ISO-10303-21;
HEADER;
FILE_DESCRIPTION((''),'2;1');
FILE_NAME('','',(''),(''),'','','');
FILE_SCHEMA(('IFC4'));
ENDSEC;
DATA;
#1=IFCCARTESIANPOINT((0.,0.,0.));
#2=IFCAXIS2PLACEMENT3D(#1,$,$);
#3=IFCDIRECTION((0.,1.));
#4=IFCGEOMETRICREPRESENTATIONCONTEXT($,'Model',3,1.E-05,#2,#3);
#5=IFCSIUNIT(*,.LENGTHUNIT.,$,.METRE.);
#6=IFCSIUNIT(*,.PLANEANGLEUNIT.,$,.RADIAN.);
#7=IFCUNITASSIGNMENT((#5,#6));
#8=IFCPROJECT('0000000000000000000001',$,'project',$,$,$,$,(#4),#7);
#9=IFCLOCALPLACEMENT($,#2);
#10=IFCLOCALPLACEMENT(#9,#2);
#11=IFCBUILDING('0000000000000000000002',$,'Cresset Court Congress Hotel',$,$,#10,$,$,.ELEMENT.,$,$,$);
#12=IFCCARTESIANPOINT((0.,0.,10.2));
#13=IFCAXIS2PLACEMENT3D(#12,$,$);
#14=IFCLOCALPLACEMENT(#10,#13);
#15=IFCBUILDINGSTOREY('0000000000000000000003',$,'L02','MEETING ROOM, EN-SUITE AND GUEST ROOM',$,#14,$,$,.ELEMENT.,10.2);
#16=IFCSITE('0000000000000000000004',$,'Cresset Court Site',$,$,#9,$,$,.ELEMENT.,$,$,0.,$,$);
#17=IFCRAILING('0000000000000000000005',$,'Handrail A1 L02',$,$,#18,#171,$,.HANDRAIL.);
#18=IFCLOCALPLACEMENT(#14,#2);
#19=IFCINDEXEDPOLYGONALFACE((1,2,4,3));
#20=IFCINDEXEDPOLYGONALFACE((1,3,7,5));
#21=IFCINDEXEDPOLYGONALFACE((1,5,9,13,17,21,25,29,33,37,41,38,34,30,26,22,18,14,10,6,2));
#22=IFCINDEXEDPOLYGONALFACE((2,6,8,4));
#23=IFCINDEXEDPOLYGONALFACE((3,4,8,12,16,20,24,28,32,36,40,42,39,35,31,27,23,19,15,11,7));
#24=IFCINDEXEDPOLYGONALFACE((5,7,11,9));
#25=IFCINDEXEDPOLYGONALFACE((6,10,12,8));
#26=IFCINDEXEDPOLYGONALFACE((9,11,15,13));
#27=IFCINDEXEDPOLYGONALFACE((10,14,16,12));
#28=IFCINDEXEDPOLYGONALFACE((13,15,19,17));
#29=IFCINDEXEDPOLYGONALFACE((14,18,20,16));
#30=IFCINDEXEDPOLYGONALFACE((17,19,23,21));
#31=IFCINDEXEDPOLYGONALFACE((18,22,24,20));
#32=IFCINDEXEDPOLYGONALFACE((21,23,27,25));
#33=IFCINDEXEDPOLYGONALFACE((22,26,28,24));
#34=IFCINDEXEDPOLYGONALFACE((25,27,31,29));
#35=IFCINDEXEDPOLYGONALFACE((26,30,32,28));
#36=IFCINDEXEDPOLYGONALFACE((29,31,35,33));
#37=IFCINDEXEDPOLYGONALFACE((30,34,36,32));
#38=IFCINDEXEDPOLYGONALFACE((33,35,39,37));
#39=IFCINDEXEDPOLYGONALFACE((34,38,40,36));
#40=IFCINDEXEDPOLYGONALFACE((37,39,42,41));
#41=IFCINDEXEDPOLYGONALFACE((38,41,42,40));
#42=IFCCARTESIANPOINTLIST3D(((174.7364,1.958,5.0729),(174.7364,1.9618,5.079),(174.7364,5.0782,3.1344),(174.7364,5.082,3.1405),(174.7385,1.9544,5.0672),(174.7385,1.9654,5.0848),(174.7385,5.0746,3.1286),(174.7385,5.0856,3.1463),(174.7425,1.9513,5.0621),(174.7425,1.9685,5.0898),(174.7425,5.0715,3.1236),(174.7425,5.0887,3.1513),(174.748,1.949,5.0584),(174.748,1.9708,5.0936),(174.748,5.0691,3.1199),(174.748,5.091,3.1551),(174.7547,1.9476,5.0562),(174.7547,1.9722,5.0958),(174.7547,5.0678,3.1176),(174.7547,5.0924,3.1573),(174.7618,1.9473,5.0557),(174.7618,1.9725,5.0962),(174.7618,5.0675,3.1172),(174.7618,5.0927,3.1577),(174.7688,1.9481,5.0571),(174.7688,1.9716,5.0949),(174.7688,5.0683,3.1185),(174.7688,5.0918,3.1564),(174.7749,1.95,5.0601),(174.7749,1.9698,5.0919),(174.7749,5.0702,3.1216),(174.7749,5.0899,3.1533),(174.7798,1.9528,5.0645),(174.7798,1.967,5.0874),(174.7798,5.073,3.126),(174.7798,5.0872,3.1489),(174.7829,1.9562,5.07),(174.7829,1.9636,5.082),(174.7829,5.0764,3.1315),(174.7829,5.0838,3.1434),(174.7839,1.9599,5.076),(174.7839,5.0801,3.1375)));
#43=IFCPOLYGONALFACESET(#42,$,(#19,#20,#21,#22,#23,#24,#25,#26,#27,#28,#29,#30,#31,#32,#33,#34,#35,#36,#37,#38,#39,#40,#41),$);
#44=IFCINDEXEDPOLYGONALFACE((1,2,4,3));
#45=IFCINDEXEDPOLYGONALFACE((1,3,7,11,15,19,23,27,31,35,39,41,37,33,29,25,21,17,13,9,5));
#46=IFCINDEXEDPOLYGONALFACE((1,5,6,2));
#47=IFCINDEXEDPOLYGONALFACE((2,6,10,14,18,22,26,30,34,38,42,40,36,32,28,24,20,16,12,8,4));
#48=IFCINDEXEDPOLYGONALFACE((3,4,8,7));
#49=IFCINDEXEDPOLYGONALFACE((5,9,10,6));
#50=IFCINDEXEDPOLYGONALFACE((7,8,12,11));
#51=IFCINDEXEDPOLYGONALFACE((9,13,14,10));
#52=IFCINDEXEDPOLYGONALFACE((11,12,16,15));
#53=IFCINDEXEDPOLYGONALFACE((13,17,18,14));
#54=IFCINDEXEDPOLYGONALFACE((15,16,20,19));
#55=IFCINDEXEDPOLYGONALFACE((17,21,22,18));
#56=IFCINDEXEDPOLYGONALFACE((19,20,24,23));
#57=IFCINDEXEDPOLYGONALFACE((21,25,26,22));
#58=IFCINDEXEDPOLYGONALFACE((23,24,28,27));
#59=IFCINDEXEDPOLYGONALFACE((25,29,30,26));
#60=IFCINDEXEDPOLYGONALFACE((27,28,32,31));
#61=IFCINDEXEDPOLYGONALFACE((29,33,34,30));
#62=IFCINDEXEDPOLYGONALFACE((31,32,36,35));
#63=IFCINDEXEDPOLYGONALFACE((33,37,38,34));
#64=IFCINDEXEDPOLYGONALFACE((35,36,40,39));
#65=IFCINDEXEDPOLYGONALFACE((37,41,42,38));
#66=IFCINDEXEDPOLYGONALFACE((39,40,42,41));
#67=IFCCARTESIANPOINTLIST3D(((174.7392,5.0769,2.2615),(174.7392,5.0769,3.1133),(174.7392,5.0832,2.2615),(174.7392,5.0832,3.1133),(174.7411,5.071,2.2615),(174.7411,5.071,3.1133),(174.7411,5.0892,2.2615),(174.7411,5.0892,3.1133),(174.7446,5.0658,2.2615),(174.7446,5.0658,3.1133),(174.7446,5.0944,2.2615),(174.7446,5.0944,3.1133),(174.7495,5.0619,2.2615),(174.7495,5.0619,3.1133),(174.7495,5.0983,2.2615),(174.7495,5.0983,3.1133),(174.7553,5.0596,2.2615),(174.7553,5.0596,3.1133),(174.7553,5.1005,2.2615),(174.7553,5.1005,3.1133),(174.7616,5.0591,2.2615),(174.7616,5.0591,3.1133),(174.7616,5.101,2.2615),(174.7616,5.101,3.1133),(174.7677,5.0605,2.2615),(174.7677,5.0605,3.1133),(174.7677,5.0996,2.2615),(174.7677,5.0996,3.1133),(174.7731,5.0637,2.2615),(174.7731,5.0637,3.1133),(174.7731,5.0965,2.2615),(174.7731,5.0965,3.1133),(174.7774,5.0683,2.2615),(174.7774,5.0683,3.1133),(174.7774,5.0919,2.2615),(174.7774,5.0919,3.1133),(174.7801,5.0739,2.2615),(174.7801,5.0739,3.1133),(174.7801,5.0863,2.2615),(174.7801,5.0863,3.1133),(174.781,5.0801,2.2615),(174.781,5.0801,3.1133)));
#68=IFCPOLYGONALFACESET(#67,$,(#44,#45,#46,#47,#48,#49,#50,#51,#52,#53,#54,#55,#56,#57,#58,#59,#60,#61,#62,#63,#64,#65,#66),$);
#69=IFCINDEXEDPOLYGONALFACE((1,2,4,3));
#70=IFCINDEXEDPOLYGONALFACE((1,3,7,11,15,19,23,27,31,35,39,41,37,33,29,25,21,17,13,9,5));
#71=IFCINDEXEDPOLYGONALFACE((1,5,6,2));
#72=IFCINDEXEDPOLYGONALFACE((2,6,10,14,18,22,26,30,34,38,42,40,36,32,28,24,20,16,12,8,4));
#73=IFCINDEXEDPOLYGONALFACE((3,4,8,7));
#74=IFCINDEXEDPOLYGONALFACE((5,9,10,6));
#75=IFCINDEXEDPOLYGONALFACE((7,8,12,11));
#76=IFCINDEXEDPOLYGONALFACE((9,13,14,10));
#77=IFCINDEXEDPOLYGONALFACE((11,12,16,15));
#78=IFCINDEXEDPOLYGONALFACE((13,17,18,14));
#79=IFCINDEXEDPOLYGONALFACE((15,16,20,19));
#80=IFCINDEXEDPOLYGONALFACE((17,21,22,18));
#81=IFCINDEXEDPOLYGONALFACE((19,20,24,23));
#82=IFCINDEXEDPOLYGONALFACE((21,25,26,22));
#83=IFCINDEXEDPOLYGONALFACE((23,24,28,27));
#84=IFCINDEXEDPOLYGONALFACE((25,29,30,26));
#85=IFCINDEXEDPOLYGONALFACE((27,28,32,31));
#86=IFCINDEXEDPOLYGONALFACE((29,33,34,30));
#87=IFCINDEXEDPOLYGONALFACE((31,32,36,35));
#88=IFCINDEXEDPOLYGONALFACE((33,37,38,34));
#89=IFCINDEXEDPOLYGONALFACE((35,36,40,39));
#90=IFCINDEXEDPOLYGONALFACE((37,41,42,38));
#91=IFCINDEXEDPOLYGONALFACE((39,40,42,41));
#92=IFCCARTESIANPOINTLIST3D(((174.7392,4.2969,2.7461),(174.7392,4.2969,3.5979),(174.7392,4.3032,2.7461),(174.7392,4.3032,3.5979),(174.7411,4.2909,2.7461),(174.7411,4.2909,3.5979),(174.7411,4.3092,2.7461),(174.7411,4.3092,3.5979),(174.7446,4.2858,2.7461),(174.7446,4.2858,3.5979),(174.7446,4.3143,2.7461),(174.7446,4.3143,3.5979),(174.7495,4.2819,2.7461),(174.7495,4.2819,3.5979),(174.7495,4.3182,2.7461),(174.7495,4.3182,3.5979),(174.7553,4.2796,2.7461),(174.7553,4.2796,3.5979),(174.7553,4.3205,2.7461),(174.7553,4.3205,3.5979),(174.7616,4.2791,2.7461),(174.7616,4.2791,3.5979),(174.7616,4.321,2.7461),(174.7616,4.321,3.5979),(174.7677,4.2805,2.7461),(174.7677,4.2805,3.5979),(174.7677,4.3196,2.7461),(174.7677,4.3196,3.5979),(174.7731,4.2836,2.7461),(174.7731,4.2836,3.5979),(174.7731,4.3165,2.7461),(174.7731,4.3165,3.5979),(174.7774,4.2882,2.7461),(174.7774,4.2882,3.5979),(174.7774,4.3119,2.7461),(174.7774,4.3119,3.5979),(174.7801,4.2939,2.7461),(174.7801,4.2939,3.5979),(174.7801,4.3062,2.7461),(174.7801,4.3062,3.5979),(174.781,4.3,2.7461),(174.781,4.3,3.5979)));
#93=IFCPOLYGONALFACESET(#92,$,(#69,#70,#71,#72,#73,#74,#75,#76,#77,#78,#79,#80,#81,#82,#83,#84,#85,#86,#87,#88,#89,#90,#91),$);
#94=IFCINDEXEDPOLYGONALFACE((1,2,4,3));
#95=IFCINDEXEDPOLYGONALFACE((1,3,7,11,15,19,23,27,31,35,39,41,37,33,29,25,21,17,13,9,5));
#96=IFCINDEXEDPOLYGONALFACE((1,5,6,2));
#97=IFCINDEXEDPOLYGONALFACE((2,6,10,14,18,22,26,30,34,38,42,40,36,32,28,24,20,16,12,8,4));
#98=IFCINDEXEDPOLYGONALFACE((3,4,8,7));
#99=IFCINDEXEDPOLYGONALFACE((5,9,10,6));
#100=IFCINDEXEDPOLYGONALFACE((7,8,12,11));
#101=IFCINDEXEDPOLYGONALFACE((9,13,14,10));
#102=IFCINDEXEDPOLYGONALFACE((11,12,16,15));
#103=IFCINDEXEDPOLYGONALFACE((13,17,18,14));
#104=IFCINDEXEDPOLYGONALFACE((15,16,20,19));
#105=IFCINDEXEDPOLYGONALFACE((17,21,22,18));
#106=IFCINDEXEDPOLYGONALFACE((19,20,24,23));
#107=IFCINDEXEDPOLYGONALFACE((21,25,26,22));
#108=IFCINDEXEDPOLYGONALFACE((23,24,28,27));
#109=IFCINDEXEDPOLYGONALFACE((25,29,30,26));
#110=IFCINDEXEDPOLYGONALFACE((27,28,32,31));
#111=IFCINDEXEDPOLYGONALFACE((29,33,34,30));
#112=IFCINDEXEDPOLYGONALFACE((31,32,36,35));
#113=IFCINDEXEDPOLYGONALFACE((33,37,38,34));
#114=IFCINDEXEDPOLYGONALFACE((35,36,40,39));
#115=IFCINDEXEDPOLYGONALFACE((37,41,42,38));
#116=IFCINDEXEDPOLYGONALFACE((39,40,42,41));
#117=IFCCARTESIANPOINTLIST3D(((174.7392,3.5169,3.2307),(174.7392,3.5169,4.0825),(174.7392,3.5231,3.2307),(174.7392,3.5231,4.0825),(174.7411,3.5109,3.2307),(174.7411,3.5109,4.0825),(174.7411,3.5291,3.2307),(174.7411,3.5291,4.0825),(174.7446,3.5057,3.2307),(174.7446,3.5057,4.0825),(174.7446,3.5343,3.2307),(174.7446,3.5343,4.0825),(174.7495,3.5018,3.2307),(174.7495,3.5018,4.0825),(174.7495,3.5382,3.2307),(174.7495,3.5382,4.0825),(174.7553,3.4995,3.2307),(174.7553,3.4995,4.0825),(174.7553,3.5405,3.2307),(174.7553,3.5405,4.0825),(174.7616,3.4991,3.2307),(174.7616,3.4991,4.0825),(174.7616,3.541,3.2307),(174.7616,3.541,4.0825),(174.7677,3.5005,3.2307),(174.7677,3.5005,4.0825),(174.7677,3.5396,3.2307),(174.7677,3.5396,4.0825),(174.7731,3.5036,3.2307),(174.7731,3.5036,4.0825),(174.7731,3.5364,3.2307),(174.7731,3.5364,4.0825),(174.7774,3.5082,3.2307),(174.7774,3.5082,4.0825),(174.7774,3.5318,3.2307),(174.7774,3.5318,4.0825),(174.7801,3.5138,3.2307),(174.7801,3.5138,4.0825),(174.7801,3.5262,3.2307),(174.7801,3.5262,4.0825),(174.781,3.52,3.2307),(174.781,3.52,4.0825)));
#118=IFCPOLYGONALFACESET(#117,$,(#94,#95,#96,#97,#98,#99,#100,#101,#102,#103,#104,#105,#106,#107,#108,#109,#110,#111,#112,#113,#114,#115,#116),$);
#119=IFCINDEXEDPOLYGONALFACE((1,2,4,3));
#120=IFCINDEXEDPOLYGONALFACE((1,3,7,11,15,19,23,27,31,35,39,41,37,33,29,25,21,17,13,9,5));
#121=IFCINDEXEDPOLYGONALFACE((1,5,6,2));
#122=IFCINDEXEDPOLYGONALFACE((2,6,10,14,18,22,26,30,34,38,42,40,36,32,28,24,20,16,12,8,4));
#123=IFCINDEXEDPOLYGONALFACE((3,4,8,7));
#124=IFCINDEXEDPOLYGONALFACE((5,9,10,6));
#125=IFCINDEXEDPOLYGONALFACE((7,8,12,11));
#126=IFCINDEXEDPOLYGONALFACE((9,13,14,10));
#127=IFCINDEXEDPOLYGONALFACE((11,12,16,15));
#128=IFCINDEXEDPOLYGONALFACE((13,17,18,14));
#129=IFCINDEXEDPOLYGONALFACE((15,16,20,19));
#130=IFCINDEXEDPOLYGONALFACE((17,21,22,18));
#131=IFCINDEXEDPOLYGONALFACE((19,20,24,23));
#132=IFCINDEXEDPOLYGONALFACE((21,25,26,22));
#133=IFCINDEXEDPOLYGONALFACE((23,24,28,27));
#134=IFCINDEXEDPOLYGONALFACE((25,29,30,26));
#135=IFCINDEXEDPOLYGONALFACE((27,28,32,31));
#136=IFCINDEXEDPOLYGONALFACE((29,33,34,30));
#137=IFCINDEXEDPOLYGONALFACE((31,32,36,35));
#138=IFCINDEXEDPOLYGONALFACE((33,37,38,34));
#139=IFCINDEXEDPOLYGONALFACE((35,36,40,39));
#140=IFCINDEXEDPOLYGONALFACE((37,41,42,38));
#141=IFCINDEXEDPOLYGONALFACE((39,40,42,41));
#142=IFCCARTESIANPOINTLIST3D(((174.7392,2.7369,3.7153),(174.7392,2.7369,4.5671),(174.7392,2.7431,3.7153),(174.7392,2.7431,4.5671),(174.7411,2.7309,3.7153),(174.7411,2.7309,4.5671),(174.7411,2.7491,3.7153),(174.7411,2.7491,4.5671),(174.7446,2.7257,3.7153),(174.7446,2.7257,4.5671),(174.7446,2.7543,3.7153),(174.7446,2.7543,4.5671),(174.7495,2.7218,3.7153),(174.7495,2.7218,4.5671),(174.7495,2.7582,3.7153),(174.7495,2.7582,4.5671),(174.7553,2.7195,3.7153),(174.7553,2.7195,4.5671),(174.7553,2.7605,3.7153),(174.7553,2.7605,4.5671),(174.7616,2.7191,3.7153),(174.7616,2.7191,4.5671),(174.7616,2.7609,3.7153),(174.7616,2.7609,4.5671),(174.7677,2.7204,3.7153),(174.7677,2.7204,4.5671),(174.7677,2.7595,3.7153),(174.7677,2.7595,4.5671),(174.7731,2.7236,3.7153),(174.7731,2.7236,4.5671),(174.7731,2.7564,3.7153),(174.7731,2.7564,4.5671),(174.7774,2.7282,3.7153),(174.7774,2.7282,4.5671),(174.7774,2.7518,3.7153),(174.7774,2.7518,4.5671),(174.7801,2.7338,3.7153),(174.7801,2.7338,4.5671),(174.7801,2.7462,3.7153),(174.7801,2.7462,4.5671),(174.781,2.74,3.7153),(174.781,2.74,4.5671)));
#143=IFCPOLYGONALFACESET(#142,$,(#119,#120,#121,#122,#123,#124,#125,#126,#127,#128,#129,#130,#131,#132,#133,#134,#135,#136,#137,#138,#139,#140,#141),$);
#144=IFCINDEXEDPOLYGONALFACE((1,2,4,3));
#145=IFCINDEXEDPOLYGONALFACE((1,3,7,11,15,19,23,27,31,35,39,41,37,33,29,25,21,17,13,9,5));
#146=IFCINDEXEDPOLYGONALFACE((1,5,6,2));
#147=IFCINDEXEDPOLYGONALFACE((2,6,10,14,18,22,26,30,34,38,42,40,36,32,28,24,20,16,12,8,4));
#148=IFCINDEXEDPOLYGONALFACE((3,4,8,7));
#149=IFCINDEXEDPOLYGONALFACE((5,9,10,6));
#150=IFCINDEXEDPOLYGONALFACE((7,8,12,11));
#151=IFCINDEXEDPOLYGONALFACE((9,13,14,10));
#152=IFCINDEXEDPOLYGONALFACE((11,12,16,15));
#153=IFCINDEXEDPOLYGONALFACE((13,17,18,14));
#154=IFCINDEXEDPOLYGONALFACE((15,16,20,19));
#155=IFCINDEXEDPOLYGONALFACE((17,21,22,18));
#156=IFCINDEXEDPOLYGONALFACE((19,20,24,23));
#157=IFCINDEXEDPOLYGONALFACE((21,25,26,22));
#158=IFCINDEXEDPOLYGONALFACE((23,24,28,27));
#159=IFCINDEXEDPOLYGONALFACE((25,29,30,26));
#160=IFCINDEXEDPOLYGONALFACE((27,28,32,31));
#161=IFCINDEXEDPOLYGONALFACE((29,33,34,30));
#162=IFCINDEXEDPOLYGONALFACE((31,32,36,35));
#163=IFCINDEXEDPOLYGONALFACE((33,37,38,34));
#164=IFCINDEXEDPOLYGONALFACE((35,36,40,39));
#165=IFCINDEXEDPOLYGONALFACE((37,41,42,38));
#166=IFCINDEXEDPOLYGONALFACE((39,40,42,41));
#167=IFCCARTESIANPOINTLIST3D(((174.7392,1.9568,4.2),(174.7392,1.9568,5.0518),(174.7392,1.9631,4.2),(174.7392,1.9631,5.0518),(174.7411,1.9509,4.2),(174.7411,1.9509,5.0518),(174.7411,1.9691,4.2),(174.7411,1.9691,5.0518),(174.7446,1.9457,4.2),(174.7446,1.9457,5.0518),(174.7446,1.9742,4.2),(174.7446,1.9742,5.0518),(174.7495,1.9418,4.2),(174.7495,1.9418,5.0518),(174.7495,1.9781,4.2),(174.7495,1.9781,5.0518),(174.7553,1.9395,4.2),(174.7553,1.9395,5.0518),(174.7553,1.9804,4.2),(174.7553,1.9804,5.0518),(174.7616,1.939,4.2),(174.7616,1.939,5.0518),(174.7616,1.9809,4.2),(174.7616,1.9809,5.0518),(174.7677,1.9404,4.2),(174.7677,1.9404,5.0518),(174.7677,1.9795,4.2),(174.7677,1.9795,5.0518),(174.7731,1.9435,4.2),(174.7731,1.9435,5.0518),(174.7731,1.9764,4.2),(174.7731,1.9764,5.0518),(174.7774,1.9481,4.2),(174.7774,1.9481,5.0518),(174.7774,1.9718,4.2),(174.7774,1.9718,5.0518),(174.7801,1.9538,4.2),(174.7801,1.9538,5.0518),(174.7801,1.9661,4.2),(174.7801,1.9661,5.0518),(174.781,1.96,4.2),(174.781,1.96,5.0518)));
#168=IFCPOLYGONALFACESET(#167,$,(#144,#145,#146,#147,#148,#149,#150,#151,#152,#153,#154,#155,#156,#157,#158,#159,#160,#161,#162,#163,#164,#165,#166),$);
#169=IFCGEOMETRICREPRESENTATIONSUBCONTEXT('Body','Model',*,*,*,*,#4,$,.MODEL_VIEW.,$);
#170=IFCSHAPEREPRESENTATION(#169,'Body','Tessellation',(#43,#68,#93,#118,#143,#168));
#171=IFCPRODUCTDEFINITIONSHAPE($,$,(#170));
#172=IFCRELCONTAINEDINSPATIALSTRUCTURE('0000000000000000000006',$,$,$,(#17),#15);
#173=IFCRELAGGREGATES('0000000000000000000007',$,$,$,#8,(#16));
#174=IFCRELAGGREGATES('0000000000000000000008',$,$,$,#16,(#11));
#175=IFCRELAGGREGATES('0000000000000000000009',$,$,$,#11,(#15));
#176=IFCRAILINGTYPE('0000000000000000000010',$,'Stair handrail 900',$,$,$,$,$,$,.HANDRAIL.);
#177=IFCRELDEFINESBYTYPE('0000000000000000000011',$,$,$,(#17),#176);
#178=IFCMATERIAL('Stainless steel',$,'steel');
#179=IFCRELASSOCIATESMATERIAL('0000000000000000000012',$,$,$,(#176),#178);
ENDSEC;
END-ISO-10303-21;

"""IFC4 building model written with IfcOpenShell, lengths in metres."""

from ifc_helpers import new_model, si_unit, direction, frame, origin, origin_2d, place, context, subcontext, project, spatial, circle, extrude, material, type_object, element, save


model = new_model("IFC4")

# Units and contexts
model_context = context("Model", 3, precision=1e-05, world=origin(), true_north=direction((0.0, 1.0)))
body_context = subcontext(model_context, "Body", "Model", "MODEL_VIEW")
ifc_project = project(units=[si_unit("LENGTHUNIT", "METRE"), si_unit("PLANEANGLEUNIT", "RADIAN")], contexts=[model_context])

# Site, building, storey
site_placement = place(None, origin())
site = spatial("IfcSite", under=ifc_project, at=site_placement, Name="Cresset Court Site", CompositionType="ELEMENT", RefElevation=0.0)
building_placement = place(site_placement, origin())
building = spatial("IfcBuilding", under=site, at=building_placement, Name="Cresset Court Congress Hotel", CompositionType="ELEMENT")
storey_placement = place(building_placement, frame((0.0, 0.0, 10.2)))
storey = spatial("IfcBuildingStorey", under=building, at=storey_placement, Name="L02", Description="MEETING ROOM, EN-SUITE AND GUEST ROOM", CompositionType="ELEMENT", Elevation=10.2)

# Railing
ifc_material_1 = material(Name="Stainless steel", Category="steel")
railing_type_1 = type_object("IfcRailingType", Name="Stair handrail 900", PredefinedType="HANDRAIL", material=ifc_material_1)
for number, where, name in (
    (1, (174.76, 5.0801, 2.2615), "Handrail A1 L02"),
):
    element("IfcRailing", number, at=place(storey_placement, frame(where)), inside=storey, type_object=railing_type_1, Name=name, PredefinedType="HANDRAIL", context=body_context, shape_type="SweptSolid", body=[
        extrude(circle(Radius=0.0239, at=origin_2d()), frame((0.0, 0.0, 0.876), z_axis=(0.0, -0.849414, 0.527727), x_axis=(1.0, 0.0, 0.0)), (0.0, 0.0, 1.0), 3.6733),
        extrude(circle(Radius=0.021, at=origin_2d()), origin(), (0.0, 0.0, 1.0), 0.8518),
        extrude(circle(Radius=0.021, at=origin_2d()), frame((0.0, -0.78, 0.4846)), (0.0, 0.0, 1.0), 0.8518),
        extrude(circle(Radius=0.021, at=origin_2d()), frame((0.0, -1.5601, 0.9692)), (0.0, 0.0, 1.0), 0.8518),
        extrude(circle(Radius=0.021, at=origin_2d()), frame((0.0, -2.3401, 1.4539)), (0.0, 0.0, 1.0), 0.8518),
        extrude(circle(Radius=0.021, at=origin_2d()), frame((0.0, -3.1201, 1.9385)), (0.0, 0.0, 1.0), 0.8518),
    ])

save(model, "model.ifc")
